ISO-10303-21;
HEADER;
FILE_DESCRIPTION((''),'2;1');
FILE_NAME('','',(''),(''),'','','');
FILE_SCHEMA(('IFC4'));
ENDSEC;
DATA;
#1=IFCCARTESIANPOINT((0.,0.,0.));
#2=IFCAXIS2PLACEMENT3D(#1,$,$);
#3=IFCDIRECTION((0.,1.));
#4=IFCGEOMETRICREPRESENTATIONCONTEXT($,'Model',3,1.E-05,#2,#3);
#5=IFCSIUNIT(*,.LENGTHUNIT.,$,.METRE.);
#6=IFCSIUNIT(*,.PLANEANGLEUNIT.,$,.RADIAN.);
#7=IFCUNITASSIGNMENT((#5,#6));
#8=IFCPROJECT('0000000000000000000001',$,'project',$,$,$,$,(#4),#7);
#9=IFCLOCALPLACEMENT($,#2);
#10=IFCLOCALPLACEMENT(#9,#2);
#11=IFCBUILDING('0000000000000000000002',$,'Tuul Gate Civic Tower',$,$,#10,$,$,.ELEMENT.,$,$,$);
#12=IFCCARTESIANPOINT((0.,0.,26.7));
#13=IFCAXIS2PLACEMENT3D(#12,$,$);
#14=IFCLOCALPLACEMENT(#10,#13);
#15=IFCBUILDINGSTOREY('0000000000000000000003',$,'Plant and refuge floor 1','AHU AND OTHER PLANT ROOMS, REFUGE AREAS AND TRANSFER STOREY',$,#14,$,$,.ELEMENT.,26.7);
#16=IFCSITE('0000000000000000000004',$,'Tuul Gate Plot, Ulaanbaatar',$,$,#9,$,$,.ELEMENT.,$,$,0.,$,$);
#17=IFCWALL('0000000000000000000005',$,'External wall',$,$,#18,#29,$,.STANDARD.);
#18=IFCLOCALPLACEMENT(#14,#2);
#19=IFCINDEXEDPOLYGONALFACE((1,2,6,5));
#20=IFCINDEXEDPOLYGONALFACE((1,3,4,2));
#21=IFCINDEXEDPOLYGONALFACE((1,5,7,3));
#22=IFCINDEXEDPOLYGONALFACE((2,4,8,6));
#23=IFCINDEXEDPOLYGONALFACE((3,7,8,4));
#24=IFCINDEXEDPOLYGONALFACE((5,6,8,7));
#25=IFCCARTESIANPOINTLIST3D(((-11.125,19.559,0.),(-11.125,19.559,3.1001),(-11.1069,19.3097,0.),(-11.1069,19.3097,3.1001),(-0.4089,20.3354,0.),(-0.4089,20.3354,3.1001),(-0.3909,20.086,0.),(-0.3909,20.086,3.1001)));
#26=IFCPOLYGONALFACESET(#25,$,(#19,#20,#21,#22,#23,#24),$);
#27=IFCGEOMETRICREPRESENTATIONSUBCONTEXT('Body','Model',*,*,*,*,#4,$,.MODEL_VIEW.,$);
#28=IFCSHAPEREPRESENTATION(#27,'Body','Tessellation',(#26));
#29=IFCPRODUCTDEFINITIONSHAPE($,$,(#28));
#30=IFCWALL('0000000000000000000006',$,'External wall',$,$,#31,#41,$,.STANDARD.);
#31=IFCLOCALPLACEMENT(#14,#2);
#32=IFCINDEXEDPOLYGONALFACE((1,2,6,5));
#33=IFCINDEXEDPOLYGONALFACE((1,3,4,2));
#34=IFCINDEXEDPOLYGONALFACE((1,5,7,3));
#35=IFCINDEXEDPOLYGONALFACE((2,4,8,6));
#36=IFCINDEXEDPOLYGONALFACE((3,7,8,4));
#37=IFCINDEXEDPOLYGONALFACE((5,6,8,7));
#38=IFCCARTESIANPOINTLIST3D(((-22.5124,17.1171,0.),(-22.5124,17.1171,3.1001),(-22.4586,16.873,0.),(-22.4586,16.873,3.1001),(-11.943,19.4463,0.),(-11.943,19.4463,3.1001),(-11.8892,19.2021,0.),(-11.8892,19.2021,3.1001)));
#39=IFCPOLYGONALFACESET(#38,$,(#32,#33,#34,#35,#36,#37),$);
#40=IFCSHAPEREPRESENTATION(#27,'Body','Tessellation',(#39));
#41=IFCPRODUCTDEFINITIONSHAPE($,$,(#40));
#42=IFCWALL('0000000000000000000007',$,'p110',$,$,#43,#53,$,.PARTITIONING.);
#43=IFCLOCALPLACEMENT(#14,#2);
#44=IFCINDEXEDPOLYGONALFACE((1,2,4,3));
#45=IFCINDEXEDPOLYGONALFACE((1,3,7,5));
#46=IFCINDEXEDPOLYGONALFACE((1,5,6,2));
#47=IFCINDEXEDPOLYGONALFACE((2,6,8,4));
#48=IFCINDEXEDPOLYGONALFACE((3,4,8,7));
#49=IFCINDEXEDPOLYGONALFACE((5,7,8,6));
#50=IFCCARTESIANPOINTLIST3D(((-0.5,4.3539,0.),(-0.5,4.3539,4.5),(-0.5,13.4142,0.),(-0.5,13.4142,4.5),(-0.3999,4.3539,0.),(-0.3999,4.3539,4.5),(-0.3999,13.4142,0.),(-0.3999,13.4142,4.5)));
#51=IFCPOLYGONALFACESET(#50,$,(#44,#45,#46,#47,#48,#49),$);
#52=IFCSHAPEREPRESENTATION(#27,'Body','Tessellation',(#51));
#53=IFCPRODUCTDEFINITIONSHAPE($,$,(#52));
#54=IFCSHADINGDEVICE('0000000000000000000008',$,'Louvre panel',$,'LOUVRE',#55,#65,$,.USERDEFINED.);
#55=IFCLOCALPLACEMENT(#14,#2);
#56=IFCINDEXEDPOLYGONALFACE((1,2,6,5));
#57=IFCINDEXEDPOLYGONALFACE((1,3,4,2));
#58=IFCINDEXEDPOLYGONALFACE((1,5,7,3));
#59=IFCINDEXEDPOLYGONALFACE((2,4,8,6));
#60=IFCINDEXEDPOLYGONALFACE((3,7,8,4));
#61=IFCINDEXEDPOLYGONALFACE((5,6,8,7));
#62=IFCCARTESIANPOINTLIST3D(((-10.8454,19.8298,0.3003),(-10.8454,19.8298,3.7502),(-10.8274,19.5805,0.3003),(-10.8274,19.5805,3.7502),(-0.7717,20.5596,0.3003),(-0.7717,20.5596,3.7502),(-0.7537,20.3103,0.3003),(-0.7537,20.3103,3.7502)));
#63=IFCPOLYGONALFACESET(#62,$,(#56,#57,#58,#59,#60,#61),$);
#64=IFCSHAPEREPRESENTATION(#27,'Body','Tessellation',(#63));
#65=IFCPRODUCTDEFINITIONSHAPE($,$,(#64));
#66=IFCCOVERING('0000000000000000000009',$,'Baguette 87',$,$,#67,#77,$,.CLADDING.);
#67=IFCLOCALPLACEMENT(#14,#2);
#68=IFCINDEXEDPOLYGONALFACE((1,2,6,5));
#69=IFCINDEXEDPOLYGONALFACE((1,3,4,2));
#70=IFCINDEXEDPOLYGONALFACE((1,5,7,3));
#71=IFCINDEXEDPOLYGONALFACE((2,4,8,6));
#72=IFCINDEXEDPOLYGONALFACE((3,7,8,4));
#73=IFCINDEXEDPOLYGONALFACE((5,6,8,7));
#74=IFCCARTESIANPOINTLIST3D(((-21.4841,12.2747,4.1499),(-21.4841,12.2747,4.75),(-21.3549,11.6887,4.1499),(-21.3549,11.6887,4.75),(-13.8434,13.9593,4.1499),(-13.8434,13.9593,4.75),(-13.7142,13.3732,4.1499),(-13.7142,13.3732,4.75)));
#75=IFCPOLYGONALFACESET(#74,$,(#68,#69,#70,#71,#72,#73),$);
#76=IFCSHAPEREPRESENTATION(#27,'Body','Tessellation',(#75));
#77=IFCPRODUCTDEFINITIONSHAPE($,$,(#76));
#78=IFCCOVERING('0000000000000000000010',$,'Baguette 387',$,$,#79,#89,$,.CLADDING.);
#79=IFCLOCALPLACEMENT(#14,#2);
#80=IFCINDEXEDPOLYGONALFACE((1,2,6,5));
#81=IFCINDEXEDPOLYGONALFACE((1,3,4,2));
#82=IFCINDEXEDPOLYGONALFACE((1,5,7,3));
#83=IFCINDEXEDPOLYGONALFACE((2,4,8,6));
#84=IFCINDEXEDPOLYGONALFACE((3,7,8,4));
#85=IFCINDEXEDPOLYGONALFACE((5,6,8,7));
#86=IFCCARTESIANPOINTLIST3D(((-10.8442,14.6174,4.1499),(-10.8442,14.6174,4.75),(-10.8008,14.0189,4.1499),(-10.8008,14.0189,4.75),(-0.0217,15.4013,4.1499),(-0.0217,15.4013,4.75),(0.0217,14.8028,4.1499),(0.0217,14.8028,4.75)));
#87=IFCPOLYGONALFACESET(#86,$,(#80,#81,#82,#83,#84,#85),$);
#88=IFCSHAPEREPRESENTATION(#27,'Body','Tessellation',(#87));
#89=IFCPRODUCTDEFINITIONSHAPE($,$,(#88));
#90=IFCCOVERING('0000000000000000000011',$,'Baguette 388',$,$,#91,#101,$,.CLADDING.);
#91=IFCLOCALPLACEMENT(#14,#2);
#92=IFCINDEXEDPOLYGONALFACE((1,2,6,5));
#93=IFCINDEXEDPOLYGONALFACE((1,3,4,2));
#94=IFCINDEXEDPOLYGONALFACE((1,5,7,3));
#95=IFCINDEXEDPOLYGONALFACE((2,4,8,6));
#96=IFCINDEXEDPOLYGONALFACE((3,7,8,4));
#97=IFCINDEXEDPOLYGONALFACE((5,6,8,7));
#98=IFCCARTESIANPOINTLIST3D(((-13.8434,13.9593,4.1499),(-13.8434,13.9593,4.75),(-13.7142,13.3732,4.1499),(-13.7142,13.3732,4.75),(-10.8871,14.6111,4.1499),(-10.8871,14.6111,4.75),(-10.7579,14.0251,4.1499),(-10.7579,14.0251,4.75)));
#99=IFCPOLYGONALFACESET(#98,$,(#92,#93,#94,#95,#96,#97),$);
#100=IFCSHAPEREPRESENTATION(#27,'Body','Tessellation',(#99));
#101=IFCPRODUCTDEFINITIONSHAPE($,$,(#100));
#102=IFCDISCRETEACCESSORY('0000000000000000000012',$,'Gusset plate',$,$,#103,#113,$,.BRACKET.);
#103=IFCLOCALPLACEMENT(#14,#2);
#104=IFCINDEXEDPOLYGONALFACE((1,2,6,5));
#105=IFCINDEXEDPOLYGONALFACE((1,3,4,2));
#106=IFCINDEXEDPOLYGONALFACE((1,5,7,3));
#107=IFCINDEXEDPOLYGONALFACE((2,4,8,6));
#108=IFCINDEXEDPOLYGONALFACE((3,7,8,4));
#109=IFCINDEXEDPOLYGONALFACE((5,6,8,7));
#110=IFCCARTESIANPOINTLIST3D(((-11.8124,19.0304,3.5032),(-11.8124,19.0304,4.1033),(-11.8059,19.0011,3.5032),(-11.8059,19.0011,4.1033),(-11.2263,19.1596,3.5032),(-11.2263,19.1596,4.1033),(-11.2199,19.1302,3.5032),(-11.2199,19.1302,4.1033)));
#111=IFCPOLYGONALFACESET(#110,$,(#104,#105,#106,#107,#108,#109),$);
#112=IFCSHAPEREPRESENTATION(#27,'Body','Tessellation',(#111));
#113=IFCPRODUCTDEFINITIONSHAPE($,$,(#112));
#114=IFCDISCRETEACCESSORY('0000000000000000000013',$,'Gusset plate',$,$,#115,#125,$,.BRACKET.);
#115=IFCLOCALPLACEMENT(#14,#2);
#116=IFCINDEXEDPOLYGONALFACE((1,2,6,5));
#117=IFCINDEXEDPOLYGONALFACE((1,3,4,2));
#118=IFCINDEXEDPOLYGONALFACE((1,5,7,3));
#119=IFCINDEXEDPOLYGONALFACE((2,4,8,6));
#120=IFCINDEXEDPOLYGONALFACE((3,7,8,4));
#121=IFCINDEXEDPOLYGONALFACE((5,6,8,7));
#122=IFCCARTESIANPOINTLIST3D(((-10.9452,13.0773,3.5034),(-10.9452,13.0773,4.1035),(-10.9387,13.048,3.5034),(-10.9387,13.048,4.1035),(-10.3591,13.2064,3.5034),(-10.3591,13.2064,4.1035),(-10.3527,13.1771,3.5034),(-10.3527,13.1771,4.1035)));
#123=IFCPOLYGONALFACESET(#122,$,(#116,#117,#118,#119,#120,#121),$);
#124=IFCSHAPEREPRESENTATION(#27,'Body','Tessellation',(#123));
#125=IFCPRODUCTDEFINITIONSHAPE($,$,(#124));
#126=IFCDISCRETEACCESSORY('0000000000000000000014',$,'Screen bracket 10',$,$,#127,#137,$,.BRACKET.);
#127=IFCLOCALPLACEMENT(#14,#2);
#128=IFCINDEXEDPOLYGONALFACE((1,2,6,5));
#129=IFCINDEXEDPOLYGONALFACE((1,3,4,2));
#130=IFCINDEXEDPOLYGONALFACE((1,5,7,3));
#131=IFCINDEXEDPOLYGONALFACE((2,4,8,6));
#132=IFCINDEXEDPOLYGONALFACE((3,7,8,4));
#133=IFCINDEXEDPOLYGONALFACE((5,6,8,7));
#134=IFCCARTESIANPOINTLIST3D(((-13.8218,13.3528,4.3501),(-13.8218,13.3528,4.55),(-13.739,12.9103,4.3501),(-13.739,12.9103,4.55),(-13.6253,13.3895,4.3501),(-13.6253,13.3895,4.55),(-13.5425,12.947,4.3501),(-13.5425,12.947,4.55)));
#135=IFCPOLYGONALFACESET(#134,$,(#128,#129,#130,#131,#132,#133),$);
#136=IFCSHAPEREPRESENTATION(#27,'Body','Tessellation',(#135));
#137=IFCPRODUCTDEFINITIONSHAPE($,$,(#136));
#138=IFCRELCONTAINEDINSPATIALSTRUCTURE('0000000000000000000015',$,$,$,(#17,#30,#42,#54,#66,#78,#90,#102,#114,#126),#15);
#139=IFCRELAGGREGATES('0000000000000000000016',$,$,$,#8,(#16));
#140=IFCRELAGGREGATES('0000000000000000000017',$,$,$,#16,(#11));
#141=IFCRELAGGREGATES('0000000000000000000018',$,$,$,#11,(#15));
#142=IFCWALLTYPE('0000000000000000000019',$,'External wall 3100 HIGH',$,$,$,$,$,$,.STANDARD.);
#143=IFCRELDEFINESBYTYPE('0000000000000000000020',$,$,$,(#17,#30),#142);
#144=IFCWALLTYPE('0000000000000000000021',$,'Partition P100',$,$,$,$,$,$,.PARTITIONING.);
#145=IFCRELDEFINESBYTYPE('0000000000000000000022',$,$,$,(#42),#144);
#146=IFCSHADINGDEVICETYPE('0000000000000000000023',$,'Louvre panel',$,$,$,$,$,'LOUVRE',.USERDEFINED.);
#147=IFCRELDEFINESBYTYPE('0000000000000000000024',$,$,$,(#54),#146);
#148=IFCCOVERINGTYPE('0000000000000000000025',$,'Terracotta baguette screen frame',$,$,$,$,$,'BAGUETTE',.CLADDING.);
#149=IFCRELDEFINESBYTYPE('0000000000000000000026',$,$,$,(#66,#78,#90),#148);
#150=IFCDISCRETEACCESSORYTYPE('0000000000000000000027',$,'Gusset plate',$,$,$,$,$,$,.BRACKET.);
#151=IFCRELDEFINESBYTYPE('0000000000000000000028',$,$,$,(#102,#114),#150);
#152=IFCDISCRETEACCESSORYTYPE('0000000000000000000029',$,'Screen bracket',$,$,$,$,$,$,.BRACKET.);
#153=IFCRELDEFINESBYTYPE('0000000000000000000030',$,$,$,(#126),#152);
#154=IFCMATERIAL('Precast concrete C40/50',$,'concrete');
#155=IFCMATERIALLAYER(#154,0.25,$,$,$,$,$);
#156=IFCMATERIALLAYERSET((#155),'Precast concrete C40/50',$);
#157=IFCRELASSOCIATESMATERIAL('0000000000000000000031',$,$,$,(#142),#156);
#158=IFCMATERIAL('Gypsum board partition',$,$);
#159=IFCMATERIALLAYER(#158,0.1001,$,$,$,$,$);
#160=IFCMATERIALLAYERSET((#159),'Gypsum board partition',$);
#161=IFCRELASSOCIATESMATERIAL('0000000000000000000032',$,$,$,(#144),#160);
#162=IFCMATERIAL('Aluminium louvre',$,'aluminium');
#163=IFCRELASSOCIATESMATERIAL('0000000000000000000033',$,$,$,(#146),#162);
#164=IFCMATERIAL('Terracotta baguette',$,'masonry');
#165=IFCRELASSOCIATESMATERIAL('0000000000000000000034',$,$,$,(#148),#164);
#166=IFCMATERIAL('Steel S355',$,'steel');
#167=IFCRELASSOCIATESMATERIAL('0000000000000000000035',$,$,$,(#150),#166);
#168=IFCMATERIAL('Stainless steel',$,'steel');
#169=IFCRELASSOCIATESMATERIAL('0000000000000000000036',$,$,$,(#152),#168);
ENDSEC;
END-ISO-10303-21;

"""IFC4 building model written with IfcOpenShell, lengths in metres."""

from ifc_helpers import new_model, si_unit, direction, frame, frame_2d, origin, origin_2d, place, context, subcontext, project, spatial, rectangle, extrude, material, layer, layer_set, material_profile, profile_set, type_object, element, save


model = new_model("IFC4")

# Units and contexts
model_context = context("Model", 3, precision=1e-05, world=origin(), true_north=direction((0.0, 1.0)))
body_context = subcontext(model_context, "Body", "Model", "MODEL_VIEW")
ifc_project = project(units=[si_unit("LENGTHUNIT", "METRE"), si_unit("PLANEANGLEUNIT", "RADIAN")], contexts=[model_context])

# Site, building, storey
site_placement = place(None, origin())
site = spatial("IfcSite", under=ifc_project, at=site_placement, Name="Tuul Gate Plot, Ulaanbaatar", CompositionType="ELEMENT", RefElevation=0.0)
building_placement = place(site_placement, origin())
building = spatial("IfcBuilding", under=site, at=building_placement, Name="Tuul Gate Civic Tower", CompositionType="ELEMENT")
storey_placement = place(building_placement, frame((0.0, 0.0, 26.7)))
storey = spatial("IfcBuildingStorey", under=building, at=storey_placement, Name="Plant and refuge floor 1", Description="AHU AND OTHER PLANT ROOMS, REFUGE AREAS AND TRANSFER STOREY", CompositionType="ELEMENT", Elevation=26.7)

# Walls
ifc_material_1 = material(Name="Precast concrete C40/50", Category="concrete")
ifc_layer_1 = layer(ifc_material_1, 0.25)
ifc_layer_set_1 = layer_set([ifc_layer_1], Name="Precast concrete C40/50")
wall_type_1 = type_object("IfcWallType", Name="External wall 3100 HIGH", PredefinedType="STANDARD", material=ifc_layer_set_1)
wall_1_placement = place(storey_placement, frame((-0.3999, 20.2107, 0.0), z_axis=(0.0, 0.0, 1.0), x_axis=(-0.997386, -0.07226, 0.0)))
element("IfcWall", 1, at=wall_1_placement, inside=storey, type_object=wall_type_1, Name="External wall", PredefinedType="STANDARD", context=body_context, shape_type="SweptSolid", body=[
    extrude(rectangle(XDim=10.7441, YDim=0.25, at=frame_2d((5.3721, 0.0))), origin(), (0.0, 0.0, 1.0), 3.1001),
])
wall_2_placement = place(storey_placement, frame((-11.916, 19.3242, 0.0), z_axis=(0.0, 0.0, 1.0), x_axis=(-0.97657, -0.215201, 0.0)))
element("IfcWall", 2, at=wall_2_placement, inside=storey, type_object=wall_type_1, Name="External wall", PredefinedType="STANDARD", context=body_context, shape_type="SweptSolid", body=[
    extrude(rectangle(XDim=10.823, YDim=0.25, at=frame_2d((5.4116, 0.0))), origin(), (0.0, 0.0, 1.0), 3.1001),
])
ifc_material_2 = material(Name="Gypsum board partition")
ifc_layer_2 = layer(ifc_material_2, 0.1001)
ifc_layer_set_2 = layer_set([ifc_layer_2], Name="Gypsum board partition")
wall_type_2 = type_object("IfcWallType", Name="Partition P100", PredefinedType="PARTITIONING", material=ifc_layer_set_2)
wall_3_placement = place(storey_placement, frame((-0.45, 13.4143, 0.0), z_axis=(0.0, 0.0, 1.0), x_axis=(0.0, -1.0, 0.0)))
element("IfcWall", 3, at=wall_3_placement, inside=storey, type_object=wall_type_2, Name="p110", PredefinedType="PARTITIONING", context=body_context, shape_type="SweptSolid", body=[
    extrude(rectangle(XDim=9.0603, YDim=0.1001, at=frame_2d((4.5303, 0.0))), origin(), (0.0, 0.0, 1.0), 4.5),
])

# Shading device
ifc_material_3 = material(Name="Aluminium louvre", Category="aluminium")
shading_device_type = type_object("IfcShadingDeviceType", Name="Louvre panel", ElementType="LOUVRE", PredefinedType="USERDEFINED", material=ifc_material_3)
shading_device_placement = place(storey_placement, frame((-5.7996, 20.0701, 0.3003), z_axis=(0.0, 0.0, 1.0), x_axis=(-0.072257, 0.997386, 0.0)))
element("IfcShadingDevice", 4, at=shading_device_placement, inside=storey, type_object=shading_device_type, Name="Louvre panel", ObjectType="LOUVRE", PredefinedType="USERDEFINED", context=body_context, shape_type="SweptSolid", body=[
    extrude(rectangle(XDim=0.25, YDim=10.1001, at=origin_2d()), origin(), (0.0, 0.0, 1.0), 3.45),
])

# Coverings
ifc_material_4 = material(Name="Terracotta baguette", Category="masonry")
ifc_material_profile_1 = material_profile(ifc_material_4, rectangle(XDim=0.6001, YDim=0.6001, at=origin_2d()), Name="Terracotta baguette screen frame")
ifc_profile_set_1 = profile_set([ifc_material_profile_1], Name="Terracotta baguette")
covering_type = type_object("IfcCoveringType", Name="Terracotta baguette screen frame", ElementType="BAGUETTE", PredefinedType="CLADDING", material=ifc_profile_set_1)
covering_1_placement = place(storey_placement, frame((-13.7788, 13.6663, 4.45), z_axis=(-0.976547, -0.215305, 0.0), x_axis=(0.215305, -0.976547, 0.0)))
element("IfcCovering", 5, at=covering_1_placement, inside=storey, type_object=covering_type, Name="Baguette 87", PredefinedType="CLADDING", context=body_context, shape_type="SweptSolid", body=[
    extrude(rectangle(XDim=0.6001, YDim=0.6001, at=origin_2d()), origin(), (0.0, 0.0, 1.0), 7.8242),
])
covering_2_placement = place(storey_placement, frame((0.0, 15.1021, 4.45), z_axis=(-0.997387, -0.072246, 0.0), x_axis=(0.072246, -0.997387, 0.0)))
element("IfcCovering", 6, at=covering_2_placement, inside=storey, type_object=covering_type, Name="Baguette 387", PredefinedType="CLADDING", context=body_context, shape_type="SweptSolid", body=[
    extrude(rectangle(XDim=0.6001, YDim=0.6001, at=origin_2d()), origin(), (0.0, 0.0, 1.0), 10.8508),
])
covering_3_placement = place(storey_placement, frame((-10.8225, 14.3181, 4.45), z_axis=(-0.976542, -0.215325, 0.0), x_axis=(0.215325, -0.976542, 0.0)))
element("IfcCovering", 7, at=covering_3_placement, inside=storey, type_object=covering_type, Name="Baguette 388", PredefinedType="CLADDING", context=body_context, shape_type="SweptSolid", body=[
    extrude(rectangle(XDim=0.6001, YDim=0.6001, at=origin_2d()), origin(), (0.0, 0.0, 1.0), 3.0273),
])

# Discrete accessories
ifc_material_5 = material(Name="Steel S355", Category="steel")
discrete_accessory_type_1 = type_object("IfcDiscreteAccessoryType", Name="Gusset plate", PredefinedType="BRACKET", material=ifc_material_5)
for number, where, z_axis, x_axis, name in (
    (8, (-11.5161, 19.0803, 3.5032), (0.0, 0.0, 1.0), (-0.976567, -0.215215, 0.0), "Gusset plate"),
    (9, (-10.6489, 13.1272, 3.5034), (0.0, 0.0, 1.0), (-0.976569, -0.215205, 0.0), "Gusset plate"),
):
    element("IfcDiscreteAccessory", number, at=place(storey_placement, frame(where, z_axis=z_axis, x_axis=x_axis)), inside=storey, type_object=discrete_accessory_type_1, Name=name, PredefinedType="BRACKET", context=body_context, shape_type="SweptSolid", body=[
        extrude(rectangle(XDim=0.6001, YDim=0.03, at=origin_2d()), origin(), (0.0, 0.0, 1.0), 0.6001),
    ])
ifc_material_6 = material(Name="Stainless steel", Category="steel")
discrete_accessory_type_2 = type_object("IfcDiscreteAccessoryType", Name="Screen bracket", PredefinedType="BRACKET", material=ifc_material_6)
discrete_accessory_placement = place(storey_placement, frame((-13.6821, 13.1499, 4.3501), z_axis=(0.0, 0.0, 1.0), x_axis=(-0.183891, 0.982947, 0.0)))
element("IfcDiscreteAccessory", 10, at=discrete_accessory_placement, inside=storey, type_object=discrete_accessory_type_2, Name="Screen bracket 10", PredefinedType="BRACKET", context=body_context, shape_type="SweptSolid", body=[
    extrude(rectangle(XDim=0.4502, YDim=0.2, at=origin_2d()), origin(), (0.0, 0.0, 1.0), 0.2),
])

save(model, "model.ifc")
